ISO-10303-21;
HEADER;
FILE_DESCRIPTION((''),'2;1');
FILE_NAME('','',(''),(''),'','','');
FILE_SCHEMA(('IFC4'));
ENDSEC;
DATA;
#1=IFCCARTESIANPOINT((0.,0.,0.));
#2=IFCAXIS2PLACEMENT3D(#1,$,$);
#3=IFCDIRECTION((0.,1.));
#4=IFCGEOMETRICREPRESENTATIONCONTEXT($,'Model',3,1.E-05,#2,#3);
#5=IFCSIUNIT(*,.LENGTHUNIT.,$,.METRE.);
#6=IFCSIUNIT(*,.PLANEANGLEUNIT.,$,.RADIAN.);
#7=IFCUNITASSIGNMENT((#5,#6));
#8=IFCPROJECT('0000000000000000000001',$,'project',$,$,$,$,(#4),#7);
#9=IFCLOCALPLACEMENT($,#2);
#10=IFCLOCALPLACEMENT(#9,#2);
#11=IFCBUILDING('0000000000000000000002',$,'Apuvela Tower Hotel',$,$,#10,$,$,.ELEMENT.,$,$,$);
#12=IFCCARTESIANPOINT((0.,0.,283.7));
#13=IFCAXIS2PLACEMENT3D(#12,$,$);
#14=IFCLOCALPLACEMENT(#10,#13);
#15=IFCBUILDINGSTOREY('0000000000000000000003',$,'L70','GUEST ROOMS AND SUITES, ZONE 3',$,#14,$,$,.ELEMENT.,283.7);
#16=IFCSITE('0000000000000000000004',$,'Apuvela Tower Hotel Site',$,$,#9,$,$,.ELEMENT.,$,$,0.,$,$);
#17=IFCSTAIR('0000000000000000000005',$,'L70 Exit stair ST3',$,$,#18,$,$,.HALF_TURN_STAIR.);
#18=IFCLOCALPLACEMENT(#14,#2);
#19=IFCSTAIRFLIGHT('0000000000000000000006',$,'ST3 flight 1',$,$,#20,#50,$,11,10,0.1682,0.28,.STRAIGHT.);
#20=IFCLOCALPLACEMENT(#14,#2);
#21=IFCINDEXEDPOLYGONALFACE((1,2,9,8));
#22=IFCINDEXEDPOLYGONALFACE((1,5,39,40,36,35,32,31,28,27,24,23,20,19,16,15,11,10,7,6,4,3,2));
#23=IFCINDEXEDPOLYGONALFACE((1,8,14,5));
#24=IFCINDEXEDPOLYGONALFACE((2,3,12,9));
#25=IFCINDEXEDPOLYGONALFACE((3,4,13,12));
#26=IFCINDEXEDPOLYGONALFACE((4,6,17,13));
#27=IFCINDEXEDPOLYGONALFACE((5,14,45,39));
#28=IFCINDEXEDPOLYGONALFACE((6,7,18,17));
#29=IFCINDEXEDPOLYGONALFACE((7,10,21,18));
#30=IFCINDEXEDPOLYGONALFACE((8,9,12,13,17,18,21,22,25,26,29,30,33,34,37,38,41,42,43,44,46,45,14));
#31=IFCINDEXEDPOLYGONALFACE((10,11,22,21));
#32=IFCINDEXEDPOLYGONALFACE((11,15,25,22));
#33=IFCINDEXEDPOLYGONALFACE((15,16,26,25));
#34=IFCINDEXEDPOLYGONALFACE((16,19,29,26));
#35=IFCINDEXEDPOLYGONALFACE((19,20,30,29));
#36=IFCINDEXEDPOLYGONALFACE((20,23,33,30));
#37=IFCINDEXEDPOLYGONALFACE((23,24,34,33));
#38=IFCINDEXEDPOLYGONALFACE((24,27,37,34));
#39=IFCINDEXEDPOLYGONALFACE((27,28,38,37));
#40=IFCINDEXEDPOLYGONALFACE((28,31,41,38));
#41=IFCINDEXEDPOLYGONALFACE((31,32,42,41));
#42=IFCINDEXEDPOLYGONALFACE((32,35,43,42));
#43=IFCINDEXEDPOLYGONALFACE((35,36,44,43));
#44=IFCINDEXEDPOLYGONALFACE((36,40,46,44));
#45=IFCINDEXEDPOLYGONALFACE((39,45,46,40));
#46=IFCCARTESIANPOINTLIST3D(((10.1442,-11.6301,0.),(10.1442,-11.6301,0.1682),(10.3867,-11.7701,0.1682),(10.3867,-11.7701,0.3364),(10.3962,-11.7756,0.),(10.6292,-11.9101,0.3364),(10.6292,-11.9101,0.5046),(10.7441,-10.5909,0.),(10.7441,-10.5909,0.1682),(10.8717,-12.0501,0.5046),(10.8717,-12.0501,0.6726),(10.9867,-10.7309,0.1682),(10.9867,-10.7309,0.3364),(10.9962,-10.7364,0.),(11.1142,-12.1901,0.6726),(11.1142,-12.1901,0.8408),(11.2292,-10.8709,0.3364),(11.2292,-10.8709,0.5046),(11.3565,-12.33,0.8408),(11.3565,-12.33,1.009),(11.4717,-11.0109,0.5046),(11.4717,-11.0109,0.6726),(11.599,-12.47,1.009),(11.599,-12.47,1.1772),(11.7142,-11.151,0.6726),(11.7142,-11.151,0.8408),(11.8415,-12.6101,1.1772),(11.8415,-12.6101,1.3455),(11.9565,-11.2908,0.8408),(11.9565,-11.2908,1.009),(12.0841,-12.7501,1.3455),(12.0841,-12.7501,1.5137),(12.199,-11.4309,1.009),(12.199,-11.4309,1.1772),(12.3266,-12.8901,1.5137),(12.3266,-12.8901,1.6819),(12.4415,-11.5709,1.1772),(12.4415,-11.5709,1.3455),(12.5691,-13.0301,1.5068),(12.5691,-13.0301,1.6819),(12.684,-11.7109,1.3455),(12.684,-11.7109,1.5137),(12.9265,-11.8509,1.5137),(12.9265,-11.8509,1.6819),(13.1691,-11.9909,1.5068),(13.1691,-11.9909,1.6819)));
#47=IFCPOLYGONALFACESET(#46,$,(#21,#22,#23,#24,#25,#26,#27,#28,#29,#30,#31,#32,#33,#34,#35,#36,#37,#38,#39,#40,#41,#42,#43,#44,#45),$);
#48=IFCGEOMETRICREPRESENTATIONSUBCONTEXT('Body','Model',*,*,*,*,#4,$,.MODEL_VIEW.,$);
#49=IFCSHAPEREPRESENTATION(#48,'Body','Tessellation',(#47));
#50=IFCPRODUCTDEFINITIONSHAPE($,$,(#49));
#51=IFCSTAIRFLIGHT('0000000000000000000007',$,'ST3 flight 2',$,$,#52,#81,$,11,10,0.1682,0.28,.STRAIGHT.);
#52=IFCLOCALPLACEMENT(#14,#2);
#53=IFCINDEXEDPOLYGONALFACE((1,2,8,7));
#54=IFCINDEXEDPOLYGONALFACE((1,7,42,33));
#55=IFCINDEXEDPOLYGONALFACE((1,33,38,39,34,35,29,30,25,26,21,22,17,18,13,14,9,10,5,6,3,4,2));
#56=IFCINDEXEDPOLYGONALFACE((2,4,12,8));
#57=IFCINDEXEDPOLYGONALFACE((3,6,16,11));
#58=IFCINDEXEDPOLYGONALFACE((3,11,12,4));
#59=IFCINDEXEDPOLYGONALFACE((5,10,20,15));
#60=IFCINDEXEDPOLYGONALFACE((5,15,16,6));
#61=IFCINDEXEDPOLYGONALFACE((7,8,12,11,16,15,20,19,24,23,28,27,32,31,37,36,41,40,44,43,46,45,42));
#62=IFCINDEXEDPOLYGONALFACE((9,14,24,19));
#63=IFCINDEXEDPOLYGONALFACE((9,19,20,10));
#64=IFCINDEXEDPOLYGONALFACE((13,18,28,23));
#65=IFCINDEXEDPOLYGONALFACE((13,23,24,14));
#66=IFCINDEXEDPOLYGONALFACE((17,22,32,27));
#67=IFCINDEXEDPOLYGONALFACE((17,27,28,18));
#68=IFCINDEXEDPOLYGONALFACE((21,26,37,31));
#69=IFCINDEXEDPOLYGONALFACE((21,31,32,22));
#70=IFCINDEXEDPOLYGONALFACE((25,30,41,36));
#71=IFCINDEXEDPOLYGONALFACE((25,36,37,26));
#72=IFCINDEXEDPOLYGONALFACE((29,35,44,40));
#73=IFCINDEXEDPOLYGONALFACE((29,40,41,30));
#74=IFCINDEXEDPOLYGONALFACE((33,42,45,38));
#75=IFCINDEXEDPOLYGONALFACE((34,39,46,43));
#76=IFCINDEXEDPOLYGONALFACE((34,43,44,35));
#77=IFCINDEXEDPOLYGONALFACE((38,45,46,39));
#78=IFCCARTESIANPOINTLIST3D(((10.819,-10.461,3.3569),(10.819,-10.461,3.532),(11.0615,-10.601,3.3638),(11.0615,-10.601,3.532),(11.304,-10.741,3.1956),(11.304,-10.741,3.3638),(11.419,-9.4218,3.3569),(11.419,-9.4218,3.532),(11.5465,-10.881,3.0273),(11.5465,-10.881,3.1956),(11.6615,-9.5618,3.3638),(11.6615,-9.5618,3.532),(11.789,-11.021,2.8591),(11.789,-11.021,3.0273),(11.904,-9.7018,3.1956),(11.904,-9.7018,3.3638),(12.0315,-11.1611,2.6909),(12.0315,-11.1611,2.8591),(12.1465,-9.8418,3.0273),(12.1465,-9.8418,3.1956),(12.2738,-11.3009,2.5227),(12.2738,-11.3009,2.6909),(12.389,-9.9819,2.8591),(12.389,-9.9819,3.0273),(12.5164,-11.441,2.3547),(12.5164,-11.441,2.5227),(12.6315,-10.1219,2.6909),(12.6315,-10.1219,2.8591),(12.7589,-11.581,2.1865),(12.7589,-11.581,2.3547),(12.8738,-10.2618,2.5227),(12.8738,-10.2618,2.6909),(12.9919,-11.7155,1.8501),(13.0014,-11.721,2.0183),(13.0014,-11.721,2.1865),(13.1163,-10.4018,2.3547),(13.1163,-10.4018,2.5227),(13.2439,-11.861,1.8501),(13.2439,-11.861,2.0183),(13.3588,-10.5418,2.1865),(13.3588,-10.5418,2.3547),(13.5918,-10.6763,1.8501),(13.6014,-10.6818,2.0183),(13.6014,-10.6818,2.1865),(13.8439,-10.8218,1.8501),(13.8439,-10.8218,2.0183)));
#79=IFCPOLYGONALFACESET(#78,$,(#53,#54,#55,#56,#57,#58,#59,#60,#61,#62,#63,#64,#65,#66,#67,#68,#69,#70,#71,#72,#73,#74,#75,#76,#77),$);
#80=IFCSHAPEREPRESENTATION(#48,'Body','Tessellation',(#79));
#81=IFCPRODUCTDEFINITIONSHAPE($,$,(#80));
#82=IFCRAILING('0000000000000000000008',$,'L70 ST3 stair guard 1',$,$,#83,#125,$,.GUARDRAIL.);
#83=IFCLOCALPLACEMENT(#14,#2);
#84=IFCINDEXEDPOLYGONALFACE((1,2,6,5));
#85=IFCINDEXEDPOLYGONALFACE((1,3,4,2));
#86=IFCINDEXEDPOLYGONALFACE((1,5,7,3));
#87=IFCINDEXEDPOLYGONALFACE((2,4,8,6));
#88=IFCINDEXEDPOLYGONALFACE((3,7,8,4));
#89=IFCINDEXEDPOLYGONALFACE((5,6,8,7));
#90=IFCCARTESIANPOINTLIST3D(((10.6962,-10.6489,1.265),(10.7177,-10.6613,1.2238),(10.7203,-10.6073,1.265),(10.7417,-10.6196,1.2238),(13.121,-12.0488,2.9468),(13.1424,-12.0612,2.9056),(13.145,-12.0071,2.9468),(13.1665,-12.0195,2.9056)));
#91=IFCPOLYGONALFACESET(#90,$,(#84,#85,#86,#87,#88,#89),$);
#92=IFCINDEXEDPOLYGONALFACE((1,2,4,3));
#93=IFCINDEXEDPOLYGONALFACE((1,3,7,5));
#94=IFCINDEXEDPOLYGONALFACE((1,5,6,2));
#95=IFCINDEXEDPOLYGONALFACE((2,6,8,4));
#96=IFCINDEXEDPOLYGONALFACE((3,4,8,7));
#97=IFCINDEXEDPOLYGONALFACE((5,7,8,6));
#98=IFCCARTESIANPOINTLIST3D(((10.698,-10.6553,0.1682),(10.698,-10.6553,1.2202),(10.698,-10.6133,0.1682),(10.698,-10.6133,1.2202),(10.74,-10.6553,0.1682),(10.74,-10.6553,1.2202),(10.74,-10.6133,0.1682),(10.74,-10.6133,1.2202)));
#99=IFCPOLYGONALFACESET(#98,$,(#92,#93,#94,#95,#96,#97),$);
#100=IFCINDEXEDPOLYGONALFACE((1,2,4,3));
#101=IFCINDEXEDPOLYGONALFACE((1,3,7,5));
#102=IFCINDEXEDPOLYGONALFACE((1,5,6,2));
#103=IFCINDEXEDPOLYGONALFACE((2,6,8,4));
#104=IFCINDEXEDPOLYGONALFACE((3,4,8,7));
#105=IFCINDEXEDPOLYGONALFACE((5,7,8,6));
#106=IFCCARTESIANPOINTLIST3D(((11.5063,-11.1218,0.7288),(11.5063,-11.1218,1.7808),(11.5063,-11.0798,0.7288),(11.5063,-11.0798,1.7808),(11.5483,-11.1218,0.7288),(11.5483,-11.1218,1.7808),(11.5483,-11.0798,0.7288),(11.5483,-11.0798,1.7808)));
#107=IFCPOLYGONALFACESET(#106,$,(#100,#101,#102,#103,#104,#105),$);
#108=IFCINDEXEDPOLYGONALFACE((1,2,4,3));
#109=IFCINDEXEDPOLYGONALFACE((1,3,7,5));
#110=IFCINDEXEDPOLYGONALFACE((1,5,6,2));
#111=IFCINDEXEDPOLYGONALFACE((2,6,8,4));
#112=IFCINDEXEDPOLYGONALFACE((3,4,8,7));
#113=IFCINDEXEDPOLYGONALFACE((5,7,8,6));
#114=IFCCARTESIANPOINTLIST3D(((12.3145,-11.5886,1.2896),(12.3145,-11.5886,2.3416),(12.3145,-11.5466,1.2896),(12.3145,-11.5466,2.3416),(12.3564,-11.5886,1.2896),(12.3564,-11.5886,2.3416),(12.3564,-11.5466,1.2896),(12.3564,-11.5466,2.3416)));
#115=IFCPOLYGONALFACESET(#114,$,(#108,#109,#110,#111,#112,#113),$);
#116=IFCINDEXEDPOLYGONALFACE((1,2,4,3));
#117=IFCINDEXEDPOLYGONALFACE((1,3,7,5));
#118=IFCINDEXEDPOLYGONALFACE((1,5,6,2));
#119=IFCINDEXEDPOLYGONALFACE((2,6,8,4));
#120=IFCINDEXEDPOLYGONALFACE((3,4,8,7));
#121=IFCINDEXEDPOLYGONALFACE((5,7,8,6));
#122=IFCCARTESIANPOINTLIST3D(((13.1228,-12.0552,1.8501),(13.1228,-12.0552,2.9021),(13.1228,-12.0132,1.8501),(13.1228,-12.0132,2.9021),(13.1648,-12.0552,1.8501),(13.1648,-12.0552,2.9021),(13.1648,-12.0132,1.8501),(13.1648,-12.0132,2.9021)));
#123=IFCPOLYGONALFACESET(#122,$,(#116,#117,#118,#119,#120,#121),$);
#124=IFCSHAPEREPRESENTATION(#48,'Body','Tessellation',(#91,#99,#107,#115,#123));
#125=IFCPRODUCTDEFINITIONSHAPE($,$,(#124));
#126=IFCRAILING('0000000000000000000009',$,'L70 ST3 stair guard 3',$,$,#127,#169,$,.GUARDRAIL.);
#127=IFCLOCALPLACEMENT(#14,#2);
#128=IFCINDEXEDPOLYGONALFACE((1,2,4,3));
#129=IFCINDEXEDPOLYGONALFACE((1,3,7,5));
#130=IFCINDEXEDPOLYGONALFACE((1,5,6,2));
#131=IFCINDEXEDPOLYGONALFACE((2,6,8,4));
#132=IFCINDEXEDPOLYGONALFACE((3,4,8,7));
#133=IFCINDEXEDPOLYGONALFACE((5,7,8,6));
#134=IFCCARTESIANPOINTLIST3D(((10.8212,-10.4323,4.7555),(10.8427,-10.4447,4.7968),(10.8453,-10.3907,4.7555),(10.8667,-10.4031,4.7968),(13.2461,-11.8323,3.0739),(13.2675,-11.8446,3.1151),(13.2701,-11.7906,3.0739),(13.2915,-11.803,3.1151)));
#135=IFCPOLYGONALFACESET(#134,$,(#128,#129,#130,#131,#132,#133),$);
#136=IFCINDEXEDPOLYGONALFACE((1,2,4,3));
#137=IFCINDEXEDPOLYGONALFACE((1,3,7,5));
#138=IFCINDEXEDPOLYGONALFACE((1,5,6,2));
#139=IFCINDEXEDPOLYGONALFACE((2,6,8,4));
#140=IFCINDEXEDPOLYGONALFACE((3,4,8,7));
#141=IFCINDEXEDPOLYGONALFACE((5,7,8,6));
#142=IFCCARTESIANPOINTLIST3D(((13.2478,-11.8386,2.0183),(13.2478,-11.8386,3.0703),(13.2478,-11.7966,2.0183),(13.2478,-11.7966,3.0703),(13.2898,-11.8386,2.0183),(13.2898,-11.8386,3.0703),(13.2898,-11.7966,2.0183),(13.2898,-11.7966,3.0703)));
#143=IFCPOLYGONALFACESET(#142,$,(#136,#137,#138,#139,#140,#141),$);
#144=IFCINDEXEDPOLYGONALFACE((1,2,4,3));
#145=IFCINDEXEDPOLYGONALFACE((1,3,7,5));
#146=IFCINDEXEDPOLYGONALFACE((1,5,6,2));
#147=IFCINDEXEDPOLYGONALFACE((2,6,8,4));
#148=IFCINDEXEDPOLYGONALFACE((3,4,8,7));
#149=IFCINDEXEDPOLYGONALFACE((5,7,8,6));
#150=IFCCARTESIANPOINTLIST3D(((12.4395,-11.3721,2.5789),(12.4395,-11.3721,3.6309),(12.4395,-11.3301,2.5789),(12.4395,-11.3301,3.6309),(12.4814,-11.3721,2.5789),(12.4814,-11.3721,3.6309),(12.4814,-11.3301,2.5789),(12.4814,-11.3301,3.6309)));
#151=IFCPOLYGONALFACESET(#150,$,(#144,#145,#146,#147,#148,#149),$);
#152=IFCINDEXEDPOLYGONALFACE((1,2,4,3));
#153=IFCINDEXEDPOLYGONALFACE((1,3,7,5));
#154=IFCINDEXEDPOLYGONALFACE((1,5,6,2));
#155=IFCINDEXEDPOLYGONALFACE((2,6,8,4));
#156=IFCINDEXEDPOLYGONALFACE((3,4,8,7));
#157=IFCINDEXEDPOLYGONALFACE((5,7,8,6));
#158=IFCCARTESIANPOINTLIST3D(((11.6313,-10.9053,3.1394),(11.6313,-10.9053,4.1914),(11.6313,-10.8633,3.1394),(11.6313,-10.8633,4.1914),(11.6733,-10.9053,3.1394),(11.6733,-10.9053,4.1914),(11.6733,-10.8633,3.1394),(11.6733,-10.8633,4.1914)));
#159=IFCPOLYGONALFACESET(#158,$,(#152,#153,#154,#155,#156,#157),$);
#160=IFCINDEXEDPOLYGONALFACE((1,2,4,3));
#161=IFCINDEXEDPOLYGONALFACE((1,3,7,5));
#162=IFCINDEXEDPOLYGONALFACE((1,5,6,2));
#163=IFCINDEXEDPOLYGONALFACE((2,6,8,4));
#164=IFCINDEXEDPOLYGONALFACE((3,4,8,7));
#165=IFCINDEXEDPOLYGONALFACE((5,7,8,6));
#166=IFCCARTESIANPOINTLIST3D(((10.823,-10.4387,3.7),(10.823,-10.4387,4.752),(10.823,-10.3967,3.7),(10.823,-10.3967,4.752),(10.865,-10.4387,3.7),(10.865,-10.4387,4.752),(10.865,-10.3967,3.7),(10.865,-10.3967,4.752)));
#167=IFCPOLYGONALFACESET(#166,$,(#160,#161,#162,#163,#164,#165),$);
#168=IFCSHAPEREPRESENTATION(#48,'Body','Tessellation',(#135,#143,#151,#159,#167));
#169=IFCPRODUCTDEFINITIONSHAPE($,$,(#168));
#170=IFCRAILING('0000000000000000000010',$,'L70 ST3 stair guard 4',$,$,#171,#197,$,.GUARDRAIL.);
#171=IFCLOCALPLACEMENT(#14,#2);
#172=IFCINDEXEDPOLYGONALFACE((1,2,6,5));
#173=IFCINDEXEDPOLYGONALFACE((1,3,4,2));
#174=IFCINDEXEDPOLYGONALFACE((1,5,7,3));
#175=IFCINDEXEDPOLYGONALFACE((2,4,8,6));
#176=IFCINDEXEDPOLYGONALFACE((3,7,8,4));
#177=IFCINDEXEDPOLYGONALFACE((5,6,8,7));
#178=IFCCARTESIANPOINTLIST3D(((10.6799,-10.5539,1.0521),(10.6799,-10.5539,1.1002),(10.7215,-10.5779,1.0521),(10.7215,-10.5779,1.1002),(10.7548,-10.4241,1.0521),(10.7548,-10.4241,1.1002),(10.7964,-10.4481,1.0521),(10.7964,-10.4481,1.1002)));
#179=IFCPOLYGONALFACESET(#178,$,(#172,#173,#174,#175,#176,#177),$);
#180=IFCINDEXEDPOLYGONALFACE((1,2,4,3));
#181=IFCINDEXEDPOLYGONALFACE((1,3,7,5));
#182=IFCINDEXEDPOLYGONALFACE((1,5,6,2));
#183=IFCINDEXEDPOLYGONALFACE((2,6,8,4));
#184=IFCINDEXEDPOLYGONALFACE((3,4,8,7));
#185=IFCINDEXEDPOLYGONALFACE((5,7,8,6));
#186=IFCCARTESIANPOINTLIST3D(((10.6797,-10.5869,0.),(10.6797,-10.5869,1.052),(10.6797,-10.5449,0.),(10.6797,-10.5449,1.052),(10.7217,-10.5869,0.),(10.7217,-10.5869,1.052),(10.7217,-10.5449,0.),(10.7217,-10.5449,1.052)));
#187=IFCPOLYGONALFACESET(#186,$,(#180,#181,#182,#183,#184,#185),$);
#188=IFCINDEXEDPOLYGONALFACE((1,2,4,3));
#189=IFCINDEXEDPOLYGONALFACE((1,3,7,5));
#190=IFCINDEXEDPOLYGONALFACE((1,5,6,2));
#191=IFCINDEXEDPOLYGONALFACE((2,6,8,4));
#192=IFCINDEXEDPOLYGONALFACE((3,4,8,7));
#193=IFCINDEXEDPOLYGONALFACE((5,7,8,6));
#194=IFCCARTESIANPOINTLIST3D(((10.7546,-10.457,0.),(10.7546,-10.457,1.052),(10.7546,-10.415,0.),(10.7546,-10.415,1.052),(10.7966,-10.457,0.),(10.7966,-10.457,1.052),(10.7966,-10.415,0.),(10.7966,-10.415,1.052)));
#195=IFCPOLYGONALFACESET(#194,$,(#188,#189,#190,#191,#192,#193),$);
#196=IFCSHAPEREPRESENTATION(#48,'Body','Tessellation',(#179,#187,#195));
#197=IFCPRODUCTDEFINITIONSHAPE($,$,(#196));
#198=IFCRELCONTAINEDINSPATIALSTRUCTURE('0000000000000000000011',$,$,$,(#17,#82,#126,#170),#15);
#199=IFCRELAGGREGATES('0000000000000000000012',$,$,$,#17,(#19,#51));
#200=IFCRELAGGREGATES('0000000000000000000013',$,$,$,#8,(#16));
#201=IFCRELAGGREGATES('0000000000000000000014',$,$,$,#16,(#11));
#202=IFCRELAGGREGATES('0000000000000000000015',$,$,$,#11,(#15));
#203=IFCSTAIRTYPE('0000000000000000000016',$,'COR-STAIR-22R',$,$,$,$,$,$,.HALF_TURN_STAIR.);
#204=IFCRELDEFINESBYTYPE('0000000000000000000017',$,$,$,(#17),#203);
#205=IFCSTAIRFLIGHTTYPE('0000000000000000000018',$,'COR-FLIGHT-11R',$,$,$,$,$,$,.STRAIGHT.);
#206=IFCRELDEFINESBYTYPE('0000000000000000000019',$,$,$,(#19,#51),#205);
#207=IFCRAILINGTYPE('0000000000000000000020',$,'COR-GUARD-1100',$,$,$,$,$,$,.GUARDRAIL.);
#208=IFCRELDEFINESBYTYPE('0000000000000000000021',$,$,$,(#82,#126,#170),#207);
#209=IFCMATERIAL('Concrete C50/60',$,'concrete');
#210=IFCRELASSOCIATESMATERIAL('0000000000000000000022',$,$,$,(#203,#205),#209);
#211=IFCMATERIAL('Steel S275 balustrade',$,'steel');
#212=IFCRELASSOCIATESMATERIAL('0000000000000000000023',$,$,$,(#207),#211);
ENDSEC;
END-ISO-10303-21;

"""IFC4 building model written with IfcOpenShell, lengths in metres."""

from ifc_helpers import new_model, si_unit, direction, frame, origin, origin_2d, place, context, subcontext, project, spatial, polyline, rectangle, outline, extrude, material, type_object, element, aggregate, save


model = new_model("IFC4")

# Units and contexts
model_context = context("Model", 3, precision=1e-05, world=origin(), true_north=direction((0.0, 1.0)))
body_context = subcontext(model_context, "Body", "Model", "MODEL_VIEW")
ifc_project = project(units=[si_unit("LENGTHUNIT", "METRE"), si_unit("PLANEANGLEUNIT", "RADIAN")], contexts=[model_context])

# Site, building, storey
site_placement = place(None, origin())
site = spatial("IfcSite", under=ifc_project, at=site_placement, Name="Apuvela Tower Hotel Site", CompositionType="ELEMENT", RefElevation=0.0)
building_placement = place(site_placement, origin())
building = spatial("IfcBuilding", under=site, at=building_placement, Name="Apuvela Tower Hotel", CompositionType="ELEMENT")
storey_placement = place(building_placement, frame((0.0, 0.0, 283.7)))
storey = spatial("IfcBuildingStorey", under=building, at=storey_placement, Name="L70", Description="GUEST ROOMS AND SUITES, ZONE 3", CompositionType="ELEMENT", Elevation=283.7)

# Shared definitions
ifc_material_1 = material(Name="Concrete C50/60", Category="concrete")

# Stair, stair flights
stair_type = type_object("IfcStairType", Name="COR-STAIR-22R", PredefinedType="HALF_TURN_STAIR", material=ifc_material_1)
stair_placement = place(storey_placement, origin())
stair = element("IfcStair", 1, at=stair_placement, inside=storey, type_object=stair_type, Name="L70 Exit stair ST3", PredefinedType="HALF_TURN_STAIR")
stair_flight_type = type_object("IfcStairFlightType", Name="COR-FLIGHT-11R", PredefinedType="STRAIGHT", material=ifc_material_1)
stair_flight_1_placement = place(storey_placement, frame((10.4441, -11.1106, 0.0), z_axis=(0.0, 0.0, 1.0), x_axis=(0.866025, -0.5, 0.0)))
stair_flight_1 = element("IfcStairFlight", 2, at=stair_flight_1_placement, type_object=stair_flight_type, Name="ST3 flight 1", NumberOfRisers=11, NumberOfTreads=10, PredefinedType="STRAIGHT", RiserHeight=0.1682, TreadLength=0.28, context=body_context, shape_type="SweptSolid", body=[
    extrude(outline(polyline([(0.0, 0.0), (0.0, 0.1682), (0.28, 0.1682), (0.28, 0.3364), (0.5601, 0.3364), (0.5601, 0.5046), (0.8401, 0.5046), (0.8401, 0.6726), (1.1201, 0.6726), (1.1201, 0.8408), (1.3999, 0.8408), (1.3999, 1.009), (1.6799, 1.009), (1.6799, 1.1772), (1.96, 1.1772), (1.96, 1.3455), (2.24, 1.3455), (2.24, 1.5137), (2.52, 1.5137), (2.52, 1.6819), (2.8, 1.6819), (2.8, 1.8501), (2.8, 1.5068), (0.291, 0.0), (0.0, 0.0)])), frame((0.0, 0.6001, 0.0), z_axis=(0.0, -1.0, 0.0), x_axis=(1.0, 0.0, 0.0)), (0.0, 0.0, 1.0), 1.2),
])
stair_flight_2_placement = place(storey_placement, frame((13.5439, -11.3413, 1.8501), z_axis=(0.0, 0.0, 1.0), x_axis=(-0.866025, 0.5, 0.0)))
stair_flight_2 = element("IfcStairFlight", 3, at=stair_flight_2_placement, type_object=stair_flight_type, Name="ST3 flight 2", NumberOfRisers=11, NumberOfTreads=10, PredefinedType="STRAIGHT", RiserHeight=0.1682, TreadLength=0.28, context=body_context, shape_type="SweptSolid", body=[
    extrude(outline(polyline([(0.0, 0.0), (0.0, 0.1682), (0.28, 0.1682), (0.28, 0.3364), (0.5601, 0.3364), (0.5601, 0.5046), (0.8401, 0.5046), (0.8401, 0.6726), (1.1201, 0.6726), (1.1201, 0.8408), (1.3999, 0.8408), (1.3999, 1.009), (1.6799, 1.009), (1.6799, 1.1772), (1.96, 1.1772), (1.96, 1.3455), (2.24, 1.3455), (2.24, 1.5137), (2.52, 1.5137), (2.52, 1.6819), (2.8, 1.6819), (2.8, 1.8501), (2.8, 1.5068), (0.291, 0.0), (0.0, 0.0)])), frame((0.0, 0.6001, 0.0), z_axis=(0.0, -1.0, 0.0), x_axis=(1.0, 0.0, 0.0)), (0.0, 0.0, 1.0), 1.2),
])
aggregate(stair, [stair_flight_1, stair_flight_2])

# Railings
ifc_material_2 = material(Name="Steel S275 balustrade", Category="steel")
railing_type_1 = type_object("IfcRailingType", Name="COR-GUARD-1100", PredefinedType="GUARDRAIL", material=ifc_material_2)
railing_1_placement = place(storey_placement, frame((10.719, -10.6343, 0.1682)))
element("IfcRailing", 4, at=railing_1_placement, inside=storey, type_object=railing_type_1, Name="L70 ST3 stair guard 1", PredefinedType="GUARDRAIL", context=body_context, shape_type="SweptSolid", body=[
    extrude(rectangle(XDim=0.0481, YDim=0.0481, at=origin_2d()), frame((0.0, 0.0, 1.0762), z_axis=(0.74239, -0.428601, 0.514934), x_axis=(0.499984, 0.866035, 0.0)), (0.0, 0.0, 1.0), 3.2661),
    extrude(rectangle(XDim=0.042, YDim=0.042, at=origin_2d()), origin(), (0.0, 0.0, 1.0), 1.052),
    extrude(rectangle(XDim=0.042, YDim=0.042, at=origin_2d()), frame((0.8083, -0.4666, 0.5605)), (0.0, 0.0, 1.0), 1.052),
    extrude(rectangle(XDim=0.042, YDim=0.042, at=origin_2d()), frame((1.6165, -0.9333, 1.1213)), (0.0, 0.0, 1.0), 1.052),
    extrude(rectangle(XDim=0.042, YDim=0.042, at=origin_2d()), frame((2.4248, -1.3999, 1.6819)), (0.0, 0.0, 1.0), 1.052),
])
railing_2_placement = place(storey_placement, frame((13.2688, -11.8176, 2.0183)))
element("IfcRailing", 5, at=railing_2_placement, inside=storey, type_object=railing_type_1, Name="L70 ST3 stair guard 3", PredefinedType="GUARDRAIL", context=body_context, shape_type="SweptSolid", body=[
    extrude(rectangle(XDim=0.0481, YDim=0.0481, at=origin_2d()), frame((0.0, 0.0, 1.0762), z_axis=(-0.742419, 0.428618, 0.514879), x_axis=(-0.499984, -0.866035, 0.0)), (0.0, 0.0, 1.0), 3.2661),
    extrude(rectangle(XDim=0.042, YDim=0.042, at=origin_2d()), origin(), (0.0, 0.0, 1.0), 1.052),
    extrude(rectangle(XDim=0.042, YDim=0.042, at=origin_2d()), frame((-0.8083, 0.4666, 0.5605)), (0.0, 0.0, 1.0), 1.052),
    extrude(rectangle(XDim=0.042, YDim=0.042, at=origin_2d()), frame((-1.6165, 0.9333, 1.1211)), (0.0, 0.0, 1.0), 1.052),
    extrude(rectangle(XDim=0.042, YDim=0.042, at=origin_2d()), frame((-2.4248, 1.3999, 1.6816)), (0.0, 0.0, 1.0), 1.052),
])
railing_3_placement = place(storey_placement, frame((10.7007, -10.5659, 0.0)))
element("IfcRailing", 6, at=railing_3_placement, inside=storey, type_object=railing_type_1, Name="L70 ST3 stair guard 4", PredefinedType="GUARDRAIL", context=body_context, shape_type="SweptSolid", body=[
    extrude(rectangle(XDim=0.0481, YDim=0.0481, at=origin_2d()), frame((0.0, 0.0, 1.0762), z_axis=(0.499816, 0.866131, 0.0), x_axis=(-0.866131, 0.499816, 0.0)), (0.0, 0.0, 1.0), 0.1499),
    extrude(rectangle(XDim=0.042, YDim=0.042, at=origin_2d()), origin(), (0.0, 0.0, 1.0), 1.052),
    extrude(rectangle(XDim=0.042, YDim=0.042, at=origin_2d()), frame((0.075, 0.1299, 0.0)), (0.0, 0.0, 1.0), 1.052),
])

save(model, "model.ifc")
